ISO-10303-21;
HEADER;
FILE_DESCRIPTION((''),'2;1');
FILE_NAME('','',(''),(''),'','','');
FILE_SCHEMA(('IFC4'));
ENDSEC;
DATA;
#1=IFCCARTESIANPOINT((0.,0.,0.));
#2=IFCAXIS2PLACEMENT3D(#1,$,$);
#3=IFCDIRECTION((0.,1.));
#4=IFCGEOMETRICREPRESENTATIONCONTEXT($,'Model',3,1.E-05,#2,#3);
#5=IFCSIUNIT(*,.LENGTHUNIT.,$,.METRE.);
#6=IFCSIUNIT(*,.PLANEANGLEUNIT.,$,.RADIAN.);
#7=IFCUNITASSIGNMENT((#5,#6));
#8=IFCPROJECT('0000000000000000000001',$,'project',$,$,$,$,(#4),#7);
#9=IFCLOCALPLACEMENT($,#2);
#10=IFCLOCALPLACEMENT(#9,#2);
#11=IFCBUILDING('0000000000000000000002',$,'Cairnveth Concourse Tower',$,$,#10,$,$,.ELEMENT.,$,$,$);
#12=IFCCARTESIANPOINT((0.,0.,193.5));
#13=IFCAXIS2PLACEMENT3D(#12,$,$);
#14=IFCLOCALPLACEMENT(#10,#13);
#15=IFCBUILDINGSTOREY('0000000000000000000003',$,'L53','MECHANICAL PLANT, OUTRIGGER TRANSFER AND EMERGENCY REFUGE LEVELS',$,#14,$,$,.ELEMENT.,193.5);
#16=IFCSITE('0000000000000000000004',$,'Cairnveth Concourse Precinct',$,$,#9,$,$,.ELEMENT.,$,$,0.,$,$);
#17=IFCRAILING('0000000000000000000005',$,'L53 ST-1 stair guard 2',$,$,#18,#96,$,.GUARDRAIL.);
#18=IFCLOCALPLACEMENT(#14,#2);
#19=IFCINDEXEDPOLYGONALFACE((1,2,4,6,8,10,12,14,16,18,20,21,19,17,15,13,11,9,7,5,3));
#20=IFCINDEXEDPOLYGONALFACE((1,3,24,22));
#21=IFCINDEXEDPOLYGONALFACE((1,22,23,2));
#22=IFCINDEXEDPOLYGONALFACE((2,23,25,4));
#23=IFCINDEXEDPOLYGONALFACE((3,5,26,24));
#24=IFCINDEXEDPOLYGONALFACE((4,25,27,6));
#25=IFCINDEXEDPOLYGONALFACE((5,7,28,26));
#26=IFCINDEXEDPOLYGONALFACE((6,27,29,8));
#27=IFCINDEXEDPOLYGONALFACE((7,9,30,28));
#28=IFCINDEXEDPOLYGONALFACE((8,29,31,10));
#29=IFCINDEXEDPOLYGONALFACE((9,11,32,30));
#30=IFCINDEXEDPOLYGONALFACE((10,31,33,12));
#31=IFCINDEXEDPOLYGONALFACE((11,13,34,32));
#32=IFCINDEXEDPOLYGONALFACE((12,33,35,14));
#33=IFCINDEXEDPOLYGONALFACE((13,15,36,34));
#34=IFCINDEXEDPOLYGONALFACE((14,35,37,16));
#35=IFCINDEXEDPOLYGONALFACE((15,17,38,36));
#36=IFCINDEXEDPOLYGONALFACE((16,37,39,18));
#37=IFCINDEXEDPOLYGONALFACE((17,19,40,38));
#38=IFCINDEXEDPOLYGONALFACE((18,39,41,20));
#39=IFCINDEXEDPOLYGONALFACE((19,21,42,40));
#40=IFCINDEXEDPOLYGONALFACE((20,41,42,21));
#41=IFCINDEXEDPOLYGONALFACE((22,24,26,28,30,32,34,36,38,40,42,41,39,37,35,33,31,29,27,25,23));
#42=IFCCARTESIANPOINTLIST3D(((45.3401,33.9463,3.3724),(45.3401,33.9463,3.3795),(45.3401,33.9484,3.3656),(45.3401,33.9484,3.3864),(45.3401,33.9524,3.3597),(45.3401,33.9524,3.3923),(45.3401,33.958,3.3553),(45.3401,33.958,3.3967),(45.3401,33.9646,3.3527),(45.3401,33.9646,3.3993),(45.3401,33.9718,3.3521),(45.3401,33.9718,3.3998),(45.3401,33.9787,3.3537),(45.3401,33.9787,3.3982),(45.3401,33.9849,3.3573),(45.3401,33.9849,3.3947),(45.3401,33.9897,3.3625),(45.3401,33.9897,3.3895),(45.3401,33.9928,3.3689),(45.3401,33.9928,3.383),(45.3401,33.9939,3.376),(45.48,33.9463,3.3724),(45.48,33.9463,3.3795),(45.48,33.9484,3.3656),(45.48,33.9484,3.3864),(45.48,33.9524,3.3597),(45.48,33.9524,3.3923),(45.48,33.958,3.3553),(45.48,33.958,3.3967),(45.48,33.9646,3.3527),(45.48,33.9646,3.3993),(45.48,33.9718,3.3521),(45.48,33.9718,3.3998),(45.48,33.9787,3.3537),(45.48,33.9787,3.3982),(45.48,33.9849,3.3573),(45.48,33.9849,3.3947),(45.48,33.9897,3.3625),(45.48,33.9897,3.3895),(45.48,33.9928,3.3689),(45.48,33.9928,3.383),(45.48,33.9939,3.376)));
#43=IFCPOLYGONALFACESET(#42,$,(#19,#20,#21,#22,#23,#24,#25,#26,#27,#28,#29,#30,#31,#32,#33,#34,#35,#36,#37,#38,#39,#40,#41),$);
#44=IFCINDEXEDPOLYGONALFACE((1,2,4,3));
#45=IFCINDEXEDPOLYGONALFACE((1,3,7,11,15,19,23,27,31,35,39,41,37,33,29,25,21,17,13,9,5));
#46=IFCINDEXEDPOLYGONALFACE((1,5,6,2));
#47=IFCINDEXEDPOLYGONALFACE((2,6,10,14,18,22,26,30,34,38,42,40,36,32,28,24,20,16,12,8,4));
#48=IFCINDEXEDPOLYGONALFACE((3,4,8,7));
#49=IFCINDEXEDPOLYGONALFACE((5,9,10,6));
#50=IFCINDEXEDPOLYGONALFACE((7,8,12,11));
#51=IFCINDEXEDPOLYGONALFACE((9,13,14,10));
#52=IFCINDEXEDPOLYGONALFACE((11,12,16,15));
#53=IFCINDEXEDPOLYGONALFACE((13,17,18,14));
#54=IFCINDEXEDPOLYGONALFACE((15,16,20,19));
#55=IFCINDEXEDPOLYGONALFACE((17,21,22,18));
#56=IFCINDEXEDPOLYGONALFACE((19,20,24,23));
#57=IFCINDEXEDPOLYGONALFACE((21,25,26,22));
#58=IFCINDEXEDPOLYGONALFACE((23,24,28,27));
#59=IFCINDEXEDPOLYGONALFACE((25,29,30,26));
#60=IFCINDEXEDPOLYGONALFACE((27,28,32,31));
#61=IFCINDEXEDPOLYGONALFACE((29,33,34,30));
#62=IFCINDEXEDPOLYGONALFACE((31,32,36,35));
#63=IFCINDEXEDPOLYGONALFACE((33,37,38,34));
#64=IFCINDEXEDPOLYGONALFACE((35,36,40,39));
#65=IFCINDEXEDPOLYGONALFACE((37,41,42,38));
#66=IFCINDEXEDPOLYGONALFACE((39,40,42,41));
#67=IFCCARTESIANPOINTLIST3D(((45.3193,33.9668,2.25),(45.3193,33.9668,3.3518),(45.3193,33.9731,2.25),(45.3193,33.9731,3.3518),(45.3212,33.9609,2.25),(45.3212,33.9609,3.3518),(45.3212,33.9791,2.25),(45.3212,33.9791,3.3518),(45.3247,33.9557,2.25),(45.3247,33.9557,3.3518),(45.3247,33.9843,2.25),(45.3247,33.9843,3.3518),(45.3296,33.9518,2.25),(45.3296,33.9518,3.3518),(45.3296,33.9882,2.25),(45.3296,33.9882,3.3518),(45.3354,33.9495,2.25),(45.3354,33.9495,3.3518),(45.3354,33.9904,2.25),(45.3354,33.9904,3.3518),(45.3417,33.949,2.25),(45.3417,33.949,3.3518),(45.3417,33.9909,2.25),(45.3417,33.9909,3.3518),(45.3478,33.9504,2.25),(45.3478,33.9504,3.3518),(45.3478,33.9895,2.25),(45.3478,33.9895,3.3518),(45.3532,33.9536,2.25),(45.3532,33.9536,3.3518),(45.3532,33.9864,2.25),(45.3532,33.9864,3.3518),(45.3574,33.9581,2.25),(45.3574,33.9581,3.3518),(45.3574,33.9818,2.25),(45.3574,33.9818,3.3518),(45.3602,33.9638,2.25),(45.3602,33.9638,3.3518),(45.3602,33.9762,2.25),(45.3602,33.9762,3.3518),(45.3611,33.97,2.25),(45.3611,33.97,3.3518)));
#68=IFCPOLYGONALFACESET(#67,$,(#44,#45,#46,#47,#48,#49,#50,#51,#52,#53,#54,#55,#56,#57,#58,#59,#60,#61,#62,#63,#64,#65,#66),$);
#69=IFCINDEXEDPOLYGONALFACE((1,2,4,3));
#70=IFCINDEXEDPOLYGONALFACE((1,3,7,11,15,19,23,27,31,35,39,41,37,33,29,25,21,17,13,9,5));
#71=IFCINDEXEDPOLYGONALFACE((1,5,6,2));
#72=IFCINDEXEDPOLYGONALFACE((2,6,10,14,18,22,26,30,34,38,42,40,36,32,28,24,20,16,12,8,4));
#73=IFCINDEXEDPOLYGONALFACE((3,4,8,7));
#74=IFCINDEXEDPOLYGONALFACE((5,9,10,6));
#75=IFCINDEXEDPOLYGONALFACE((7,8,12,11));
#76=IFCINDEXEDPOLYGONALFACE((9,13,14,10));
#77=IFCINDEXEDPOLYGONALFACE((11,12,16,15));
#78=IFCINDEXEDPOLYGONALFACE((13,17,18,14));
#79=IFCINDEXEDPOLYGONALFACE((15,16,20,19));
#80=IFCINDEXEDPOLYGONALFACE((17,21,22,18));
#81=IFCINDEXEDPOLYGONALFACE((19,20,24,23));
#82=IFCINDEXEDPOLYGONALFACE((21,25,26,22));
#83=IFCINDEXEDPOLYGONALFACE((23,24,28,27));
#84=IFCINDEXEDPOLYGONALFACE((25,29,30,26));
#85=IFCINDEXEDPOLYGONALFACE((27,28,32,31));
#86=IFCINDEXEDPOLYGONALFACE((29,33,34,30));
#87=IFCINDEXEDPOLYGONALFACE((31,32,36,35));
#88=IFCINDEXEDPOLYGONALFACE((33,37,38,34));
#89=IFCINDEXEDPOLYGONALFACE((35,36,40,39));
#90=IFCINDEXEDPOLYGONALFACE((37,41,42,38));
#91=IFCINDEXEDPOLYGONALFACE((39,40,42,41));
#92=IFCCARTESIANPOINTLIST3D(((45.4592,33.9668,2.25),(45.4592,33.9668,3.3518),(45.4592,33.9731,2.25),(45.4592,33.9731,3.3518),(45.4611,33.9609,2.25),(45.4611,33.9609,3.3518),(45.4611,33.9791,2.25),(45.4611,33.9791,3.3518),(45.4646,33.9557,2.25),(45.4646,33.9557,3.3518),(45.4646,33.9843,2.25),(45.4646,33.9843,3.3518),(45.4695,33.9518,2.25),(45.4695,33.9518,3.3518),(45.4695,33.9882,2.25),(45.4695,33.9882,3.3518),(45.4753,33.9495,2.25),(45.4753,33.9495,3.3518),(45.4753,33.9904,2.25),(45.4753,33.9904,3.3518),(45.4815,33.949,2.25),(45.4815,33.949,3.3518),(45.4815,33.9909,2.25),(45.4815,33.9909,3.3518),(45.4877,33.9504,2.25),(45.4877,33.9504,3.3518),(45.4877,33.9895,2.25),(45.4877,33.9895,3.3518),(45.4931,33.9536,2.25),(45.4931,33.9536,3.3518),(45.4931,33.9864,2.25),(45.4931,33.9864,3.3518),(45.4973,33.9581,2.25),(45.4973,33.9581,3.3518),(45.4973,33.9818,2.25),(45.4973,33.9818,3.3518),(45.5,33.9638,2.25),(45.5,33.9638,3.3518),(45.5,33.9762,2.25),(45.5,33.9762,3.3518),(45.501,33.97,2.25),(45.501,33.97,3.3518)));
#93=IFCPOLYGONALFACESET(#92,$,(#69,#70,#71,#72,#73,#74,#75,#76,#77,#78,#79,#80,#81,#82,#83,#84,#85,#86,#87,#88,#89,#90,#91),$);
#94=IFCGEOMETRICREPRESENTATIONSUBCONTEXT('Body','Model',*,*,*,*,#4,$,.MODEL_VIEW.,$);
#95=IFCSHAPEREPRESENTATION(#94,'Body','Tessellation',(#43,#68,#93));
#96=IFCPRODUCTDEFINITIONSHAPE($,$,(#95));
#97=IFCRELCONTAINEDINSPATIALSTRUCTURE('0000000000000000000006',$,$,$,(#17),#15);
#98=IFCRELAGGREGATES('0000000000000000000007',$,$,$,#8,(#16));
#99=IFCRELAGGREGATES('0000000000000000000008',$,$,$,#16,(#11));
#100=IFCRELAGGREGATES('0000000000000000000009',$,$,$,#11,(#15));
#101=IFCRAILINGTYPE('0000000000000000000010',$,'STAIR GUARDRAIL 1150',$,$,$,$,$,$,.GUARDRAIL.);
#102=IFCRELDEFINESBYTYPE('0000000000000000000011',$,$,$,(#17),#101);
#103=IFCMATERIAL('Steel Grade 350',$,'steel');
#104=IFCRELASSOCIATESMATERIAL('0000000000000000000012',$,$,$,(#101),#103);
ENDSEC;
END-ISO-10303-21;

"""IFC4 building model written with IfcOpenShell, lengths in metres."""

from ifc_helpers import new_model, si_unit, direction, frame, origin, origin_2d, place, context, subcontext, project, spatial, circle, extrude, material, type_object, element, save


model = new_model("IFC4")

# Units and contexts
model_context = context("Model", 3, precision=1e-05, world=origin(), true_north=direction((0.0, 1.0)))
body_context = subcontext(model_context, "Body", "Model", "MODEL_VIEW")
ifc_project = project(units=[si_unit("LENGTHUNIT", "METRE"), si_unit("PLANEANGLEUNIT", "RADIAN")], contexts=[model_context])

# Site, building, storey
site_placement = place(None, origin())
site = spatial("IfcSite", under=ifc_project, at=site_placement, Name="Cairnveth Concourse Precinct", CompositionType="ELEMENT", RefElevation=0.0)
building_placement = place(site_placement, origin())
building = spatial("IfcBuilding", under=site, at=building_placement, Name="Cairnveth Concourse Tower", CompositionType="ELEMENT")
storey_placement = place(building_placement, frame((0.0, 0.0, 193.5)))
storey = spatial("IfcBuildingStorey", under=building, at=storey_placement, Name="L53", Description="MECHANICAL PLANT, OUTRIGGER TRANSFER AND EMERGENCY REFUGE LEVELS", CompositionType="ELEMENT", Elevation=193.5)

# Shared definitions
ifc_material_1 = material(Name="Steel Grade 350", Category="steel")

# Railing
railing_type_1 = type_object("IfcRailingType", Name="STAIR GUARDRAIL 1150", PredefinedType="GUARDRAIL", material=ifc_material_1)
railing_1_placement = place(storey_placement, frame((45.3401, 33.97, 2.25)))
element("IfcRailing", 1, at=railing_1_placement, inside=storey, type_object=railing_type_1, Name="L53 ST-1 stair guard 2", PredefinedType="GUARDRAIL", context=body_context, shape_type="SweptSolid", body=[
    extrude(circle(Radius=0.0239, at=origin_2d()), frame((0.0, 0.0, 1.126), z_axis=(1.0, 0.0, 0.0), x_axis=(0.0, 1.0, 0.0)), (0.0, 0.0, 1.0), 0.1399),
    extrude(circle(Radius=0.021, at=origin_2d()), origin(), (0.0, 0.0, 1.0), 1.1018),
    extrude(circle(Radius=0.021, at=origin_2d()), frame((0.1399, 0.0, 0.0)), (0.0, 0.0, 1.0), 1.1018),
])

save(model, "model.ifc")
